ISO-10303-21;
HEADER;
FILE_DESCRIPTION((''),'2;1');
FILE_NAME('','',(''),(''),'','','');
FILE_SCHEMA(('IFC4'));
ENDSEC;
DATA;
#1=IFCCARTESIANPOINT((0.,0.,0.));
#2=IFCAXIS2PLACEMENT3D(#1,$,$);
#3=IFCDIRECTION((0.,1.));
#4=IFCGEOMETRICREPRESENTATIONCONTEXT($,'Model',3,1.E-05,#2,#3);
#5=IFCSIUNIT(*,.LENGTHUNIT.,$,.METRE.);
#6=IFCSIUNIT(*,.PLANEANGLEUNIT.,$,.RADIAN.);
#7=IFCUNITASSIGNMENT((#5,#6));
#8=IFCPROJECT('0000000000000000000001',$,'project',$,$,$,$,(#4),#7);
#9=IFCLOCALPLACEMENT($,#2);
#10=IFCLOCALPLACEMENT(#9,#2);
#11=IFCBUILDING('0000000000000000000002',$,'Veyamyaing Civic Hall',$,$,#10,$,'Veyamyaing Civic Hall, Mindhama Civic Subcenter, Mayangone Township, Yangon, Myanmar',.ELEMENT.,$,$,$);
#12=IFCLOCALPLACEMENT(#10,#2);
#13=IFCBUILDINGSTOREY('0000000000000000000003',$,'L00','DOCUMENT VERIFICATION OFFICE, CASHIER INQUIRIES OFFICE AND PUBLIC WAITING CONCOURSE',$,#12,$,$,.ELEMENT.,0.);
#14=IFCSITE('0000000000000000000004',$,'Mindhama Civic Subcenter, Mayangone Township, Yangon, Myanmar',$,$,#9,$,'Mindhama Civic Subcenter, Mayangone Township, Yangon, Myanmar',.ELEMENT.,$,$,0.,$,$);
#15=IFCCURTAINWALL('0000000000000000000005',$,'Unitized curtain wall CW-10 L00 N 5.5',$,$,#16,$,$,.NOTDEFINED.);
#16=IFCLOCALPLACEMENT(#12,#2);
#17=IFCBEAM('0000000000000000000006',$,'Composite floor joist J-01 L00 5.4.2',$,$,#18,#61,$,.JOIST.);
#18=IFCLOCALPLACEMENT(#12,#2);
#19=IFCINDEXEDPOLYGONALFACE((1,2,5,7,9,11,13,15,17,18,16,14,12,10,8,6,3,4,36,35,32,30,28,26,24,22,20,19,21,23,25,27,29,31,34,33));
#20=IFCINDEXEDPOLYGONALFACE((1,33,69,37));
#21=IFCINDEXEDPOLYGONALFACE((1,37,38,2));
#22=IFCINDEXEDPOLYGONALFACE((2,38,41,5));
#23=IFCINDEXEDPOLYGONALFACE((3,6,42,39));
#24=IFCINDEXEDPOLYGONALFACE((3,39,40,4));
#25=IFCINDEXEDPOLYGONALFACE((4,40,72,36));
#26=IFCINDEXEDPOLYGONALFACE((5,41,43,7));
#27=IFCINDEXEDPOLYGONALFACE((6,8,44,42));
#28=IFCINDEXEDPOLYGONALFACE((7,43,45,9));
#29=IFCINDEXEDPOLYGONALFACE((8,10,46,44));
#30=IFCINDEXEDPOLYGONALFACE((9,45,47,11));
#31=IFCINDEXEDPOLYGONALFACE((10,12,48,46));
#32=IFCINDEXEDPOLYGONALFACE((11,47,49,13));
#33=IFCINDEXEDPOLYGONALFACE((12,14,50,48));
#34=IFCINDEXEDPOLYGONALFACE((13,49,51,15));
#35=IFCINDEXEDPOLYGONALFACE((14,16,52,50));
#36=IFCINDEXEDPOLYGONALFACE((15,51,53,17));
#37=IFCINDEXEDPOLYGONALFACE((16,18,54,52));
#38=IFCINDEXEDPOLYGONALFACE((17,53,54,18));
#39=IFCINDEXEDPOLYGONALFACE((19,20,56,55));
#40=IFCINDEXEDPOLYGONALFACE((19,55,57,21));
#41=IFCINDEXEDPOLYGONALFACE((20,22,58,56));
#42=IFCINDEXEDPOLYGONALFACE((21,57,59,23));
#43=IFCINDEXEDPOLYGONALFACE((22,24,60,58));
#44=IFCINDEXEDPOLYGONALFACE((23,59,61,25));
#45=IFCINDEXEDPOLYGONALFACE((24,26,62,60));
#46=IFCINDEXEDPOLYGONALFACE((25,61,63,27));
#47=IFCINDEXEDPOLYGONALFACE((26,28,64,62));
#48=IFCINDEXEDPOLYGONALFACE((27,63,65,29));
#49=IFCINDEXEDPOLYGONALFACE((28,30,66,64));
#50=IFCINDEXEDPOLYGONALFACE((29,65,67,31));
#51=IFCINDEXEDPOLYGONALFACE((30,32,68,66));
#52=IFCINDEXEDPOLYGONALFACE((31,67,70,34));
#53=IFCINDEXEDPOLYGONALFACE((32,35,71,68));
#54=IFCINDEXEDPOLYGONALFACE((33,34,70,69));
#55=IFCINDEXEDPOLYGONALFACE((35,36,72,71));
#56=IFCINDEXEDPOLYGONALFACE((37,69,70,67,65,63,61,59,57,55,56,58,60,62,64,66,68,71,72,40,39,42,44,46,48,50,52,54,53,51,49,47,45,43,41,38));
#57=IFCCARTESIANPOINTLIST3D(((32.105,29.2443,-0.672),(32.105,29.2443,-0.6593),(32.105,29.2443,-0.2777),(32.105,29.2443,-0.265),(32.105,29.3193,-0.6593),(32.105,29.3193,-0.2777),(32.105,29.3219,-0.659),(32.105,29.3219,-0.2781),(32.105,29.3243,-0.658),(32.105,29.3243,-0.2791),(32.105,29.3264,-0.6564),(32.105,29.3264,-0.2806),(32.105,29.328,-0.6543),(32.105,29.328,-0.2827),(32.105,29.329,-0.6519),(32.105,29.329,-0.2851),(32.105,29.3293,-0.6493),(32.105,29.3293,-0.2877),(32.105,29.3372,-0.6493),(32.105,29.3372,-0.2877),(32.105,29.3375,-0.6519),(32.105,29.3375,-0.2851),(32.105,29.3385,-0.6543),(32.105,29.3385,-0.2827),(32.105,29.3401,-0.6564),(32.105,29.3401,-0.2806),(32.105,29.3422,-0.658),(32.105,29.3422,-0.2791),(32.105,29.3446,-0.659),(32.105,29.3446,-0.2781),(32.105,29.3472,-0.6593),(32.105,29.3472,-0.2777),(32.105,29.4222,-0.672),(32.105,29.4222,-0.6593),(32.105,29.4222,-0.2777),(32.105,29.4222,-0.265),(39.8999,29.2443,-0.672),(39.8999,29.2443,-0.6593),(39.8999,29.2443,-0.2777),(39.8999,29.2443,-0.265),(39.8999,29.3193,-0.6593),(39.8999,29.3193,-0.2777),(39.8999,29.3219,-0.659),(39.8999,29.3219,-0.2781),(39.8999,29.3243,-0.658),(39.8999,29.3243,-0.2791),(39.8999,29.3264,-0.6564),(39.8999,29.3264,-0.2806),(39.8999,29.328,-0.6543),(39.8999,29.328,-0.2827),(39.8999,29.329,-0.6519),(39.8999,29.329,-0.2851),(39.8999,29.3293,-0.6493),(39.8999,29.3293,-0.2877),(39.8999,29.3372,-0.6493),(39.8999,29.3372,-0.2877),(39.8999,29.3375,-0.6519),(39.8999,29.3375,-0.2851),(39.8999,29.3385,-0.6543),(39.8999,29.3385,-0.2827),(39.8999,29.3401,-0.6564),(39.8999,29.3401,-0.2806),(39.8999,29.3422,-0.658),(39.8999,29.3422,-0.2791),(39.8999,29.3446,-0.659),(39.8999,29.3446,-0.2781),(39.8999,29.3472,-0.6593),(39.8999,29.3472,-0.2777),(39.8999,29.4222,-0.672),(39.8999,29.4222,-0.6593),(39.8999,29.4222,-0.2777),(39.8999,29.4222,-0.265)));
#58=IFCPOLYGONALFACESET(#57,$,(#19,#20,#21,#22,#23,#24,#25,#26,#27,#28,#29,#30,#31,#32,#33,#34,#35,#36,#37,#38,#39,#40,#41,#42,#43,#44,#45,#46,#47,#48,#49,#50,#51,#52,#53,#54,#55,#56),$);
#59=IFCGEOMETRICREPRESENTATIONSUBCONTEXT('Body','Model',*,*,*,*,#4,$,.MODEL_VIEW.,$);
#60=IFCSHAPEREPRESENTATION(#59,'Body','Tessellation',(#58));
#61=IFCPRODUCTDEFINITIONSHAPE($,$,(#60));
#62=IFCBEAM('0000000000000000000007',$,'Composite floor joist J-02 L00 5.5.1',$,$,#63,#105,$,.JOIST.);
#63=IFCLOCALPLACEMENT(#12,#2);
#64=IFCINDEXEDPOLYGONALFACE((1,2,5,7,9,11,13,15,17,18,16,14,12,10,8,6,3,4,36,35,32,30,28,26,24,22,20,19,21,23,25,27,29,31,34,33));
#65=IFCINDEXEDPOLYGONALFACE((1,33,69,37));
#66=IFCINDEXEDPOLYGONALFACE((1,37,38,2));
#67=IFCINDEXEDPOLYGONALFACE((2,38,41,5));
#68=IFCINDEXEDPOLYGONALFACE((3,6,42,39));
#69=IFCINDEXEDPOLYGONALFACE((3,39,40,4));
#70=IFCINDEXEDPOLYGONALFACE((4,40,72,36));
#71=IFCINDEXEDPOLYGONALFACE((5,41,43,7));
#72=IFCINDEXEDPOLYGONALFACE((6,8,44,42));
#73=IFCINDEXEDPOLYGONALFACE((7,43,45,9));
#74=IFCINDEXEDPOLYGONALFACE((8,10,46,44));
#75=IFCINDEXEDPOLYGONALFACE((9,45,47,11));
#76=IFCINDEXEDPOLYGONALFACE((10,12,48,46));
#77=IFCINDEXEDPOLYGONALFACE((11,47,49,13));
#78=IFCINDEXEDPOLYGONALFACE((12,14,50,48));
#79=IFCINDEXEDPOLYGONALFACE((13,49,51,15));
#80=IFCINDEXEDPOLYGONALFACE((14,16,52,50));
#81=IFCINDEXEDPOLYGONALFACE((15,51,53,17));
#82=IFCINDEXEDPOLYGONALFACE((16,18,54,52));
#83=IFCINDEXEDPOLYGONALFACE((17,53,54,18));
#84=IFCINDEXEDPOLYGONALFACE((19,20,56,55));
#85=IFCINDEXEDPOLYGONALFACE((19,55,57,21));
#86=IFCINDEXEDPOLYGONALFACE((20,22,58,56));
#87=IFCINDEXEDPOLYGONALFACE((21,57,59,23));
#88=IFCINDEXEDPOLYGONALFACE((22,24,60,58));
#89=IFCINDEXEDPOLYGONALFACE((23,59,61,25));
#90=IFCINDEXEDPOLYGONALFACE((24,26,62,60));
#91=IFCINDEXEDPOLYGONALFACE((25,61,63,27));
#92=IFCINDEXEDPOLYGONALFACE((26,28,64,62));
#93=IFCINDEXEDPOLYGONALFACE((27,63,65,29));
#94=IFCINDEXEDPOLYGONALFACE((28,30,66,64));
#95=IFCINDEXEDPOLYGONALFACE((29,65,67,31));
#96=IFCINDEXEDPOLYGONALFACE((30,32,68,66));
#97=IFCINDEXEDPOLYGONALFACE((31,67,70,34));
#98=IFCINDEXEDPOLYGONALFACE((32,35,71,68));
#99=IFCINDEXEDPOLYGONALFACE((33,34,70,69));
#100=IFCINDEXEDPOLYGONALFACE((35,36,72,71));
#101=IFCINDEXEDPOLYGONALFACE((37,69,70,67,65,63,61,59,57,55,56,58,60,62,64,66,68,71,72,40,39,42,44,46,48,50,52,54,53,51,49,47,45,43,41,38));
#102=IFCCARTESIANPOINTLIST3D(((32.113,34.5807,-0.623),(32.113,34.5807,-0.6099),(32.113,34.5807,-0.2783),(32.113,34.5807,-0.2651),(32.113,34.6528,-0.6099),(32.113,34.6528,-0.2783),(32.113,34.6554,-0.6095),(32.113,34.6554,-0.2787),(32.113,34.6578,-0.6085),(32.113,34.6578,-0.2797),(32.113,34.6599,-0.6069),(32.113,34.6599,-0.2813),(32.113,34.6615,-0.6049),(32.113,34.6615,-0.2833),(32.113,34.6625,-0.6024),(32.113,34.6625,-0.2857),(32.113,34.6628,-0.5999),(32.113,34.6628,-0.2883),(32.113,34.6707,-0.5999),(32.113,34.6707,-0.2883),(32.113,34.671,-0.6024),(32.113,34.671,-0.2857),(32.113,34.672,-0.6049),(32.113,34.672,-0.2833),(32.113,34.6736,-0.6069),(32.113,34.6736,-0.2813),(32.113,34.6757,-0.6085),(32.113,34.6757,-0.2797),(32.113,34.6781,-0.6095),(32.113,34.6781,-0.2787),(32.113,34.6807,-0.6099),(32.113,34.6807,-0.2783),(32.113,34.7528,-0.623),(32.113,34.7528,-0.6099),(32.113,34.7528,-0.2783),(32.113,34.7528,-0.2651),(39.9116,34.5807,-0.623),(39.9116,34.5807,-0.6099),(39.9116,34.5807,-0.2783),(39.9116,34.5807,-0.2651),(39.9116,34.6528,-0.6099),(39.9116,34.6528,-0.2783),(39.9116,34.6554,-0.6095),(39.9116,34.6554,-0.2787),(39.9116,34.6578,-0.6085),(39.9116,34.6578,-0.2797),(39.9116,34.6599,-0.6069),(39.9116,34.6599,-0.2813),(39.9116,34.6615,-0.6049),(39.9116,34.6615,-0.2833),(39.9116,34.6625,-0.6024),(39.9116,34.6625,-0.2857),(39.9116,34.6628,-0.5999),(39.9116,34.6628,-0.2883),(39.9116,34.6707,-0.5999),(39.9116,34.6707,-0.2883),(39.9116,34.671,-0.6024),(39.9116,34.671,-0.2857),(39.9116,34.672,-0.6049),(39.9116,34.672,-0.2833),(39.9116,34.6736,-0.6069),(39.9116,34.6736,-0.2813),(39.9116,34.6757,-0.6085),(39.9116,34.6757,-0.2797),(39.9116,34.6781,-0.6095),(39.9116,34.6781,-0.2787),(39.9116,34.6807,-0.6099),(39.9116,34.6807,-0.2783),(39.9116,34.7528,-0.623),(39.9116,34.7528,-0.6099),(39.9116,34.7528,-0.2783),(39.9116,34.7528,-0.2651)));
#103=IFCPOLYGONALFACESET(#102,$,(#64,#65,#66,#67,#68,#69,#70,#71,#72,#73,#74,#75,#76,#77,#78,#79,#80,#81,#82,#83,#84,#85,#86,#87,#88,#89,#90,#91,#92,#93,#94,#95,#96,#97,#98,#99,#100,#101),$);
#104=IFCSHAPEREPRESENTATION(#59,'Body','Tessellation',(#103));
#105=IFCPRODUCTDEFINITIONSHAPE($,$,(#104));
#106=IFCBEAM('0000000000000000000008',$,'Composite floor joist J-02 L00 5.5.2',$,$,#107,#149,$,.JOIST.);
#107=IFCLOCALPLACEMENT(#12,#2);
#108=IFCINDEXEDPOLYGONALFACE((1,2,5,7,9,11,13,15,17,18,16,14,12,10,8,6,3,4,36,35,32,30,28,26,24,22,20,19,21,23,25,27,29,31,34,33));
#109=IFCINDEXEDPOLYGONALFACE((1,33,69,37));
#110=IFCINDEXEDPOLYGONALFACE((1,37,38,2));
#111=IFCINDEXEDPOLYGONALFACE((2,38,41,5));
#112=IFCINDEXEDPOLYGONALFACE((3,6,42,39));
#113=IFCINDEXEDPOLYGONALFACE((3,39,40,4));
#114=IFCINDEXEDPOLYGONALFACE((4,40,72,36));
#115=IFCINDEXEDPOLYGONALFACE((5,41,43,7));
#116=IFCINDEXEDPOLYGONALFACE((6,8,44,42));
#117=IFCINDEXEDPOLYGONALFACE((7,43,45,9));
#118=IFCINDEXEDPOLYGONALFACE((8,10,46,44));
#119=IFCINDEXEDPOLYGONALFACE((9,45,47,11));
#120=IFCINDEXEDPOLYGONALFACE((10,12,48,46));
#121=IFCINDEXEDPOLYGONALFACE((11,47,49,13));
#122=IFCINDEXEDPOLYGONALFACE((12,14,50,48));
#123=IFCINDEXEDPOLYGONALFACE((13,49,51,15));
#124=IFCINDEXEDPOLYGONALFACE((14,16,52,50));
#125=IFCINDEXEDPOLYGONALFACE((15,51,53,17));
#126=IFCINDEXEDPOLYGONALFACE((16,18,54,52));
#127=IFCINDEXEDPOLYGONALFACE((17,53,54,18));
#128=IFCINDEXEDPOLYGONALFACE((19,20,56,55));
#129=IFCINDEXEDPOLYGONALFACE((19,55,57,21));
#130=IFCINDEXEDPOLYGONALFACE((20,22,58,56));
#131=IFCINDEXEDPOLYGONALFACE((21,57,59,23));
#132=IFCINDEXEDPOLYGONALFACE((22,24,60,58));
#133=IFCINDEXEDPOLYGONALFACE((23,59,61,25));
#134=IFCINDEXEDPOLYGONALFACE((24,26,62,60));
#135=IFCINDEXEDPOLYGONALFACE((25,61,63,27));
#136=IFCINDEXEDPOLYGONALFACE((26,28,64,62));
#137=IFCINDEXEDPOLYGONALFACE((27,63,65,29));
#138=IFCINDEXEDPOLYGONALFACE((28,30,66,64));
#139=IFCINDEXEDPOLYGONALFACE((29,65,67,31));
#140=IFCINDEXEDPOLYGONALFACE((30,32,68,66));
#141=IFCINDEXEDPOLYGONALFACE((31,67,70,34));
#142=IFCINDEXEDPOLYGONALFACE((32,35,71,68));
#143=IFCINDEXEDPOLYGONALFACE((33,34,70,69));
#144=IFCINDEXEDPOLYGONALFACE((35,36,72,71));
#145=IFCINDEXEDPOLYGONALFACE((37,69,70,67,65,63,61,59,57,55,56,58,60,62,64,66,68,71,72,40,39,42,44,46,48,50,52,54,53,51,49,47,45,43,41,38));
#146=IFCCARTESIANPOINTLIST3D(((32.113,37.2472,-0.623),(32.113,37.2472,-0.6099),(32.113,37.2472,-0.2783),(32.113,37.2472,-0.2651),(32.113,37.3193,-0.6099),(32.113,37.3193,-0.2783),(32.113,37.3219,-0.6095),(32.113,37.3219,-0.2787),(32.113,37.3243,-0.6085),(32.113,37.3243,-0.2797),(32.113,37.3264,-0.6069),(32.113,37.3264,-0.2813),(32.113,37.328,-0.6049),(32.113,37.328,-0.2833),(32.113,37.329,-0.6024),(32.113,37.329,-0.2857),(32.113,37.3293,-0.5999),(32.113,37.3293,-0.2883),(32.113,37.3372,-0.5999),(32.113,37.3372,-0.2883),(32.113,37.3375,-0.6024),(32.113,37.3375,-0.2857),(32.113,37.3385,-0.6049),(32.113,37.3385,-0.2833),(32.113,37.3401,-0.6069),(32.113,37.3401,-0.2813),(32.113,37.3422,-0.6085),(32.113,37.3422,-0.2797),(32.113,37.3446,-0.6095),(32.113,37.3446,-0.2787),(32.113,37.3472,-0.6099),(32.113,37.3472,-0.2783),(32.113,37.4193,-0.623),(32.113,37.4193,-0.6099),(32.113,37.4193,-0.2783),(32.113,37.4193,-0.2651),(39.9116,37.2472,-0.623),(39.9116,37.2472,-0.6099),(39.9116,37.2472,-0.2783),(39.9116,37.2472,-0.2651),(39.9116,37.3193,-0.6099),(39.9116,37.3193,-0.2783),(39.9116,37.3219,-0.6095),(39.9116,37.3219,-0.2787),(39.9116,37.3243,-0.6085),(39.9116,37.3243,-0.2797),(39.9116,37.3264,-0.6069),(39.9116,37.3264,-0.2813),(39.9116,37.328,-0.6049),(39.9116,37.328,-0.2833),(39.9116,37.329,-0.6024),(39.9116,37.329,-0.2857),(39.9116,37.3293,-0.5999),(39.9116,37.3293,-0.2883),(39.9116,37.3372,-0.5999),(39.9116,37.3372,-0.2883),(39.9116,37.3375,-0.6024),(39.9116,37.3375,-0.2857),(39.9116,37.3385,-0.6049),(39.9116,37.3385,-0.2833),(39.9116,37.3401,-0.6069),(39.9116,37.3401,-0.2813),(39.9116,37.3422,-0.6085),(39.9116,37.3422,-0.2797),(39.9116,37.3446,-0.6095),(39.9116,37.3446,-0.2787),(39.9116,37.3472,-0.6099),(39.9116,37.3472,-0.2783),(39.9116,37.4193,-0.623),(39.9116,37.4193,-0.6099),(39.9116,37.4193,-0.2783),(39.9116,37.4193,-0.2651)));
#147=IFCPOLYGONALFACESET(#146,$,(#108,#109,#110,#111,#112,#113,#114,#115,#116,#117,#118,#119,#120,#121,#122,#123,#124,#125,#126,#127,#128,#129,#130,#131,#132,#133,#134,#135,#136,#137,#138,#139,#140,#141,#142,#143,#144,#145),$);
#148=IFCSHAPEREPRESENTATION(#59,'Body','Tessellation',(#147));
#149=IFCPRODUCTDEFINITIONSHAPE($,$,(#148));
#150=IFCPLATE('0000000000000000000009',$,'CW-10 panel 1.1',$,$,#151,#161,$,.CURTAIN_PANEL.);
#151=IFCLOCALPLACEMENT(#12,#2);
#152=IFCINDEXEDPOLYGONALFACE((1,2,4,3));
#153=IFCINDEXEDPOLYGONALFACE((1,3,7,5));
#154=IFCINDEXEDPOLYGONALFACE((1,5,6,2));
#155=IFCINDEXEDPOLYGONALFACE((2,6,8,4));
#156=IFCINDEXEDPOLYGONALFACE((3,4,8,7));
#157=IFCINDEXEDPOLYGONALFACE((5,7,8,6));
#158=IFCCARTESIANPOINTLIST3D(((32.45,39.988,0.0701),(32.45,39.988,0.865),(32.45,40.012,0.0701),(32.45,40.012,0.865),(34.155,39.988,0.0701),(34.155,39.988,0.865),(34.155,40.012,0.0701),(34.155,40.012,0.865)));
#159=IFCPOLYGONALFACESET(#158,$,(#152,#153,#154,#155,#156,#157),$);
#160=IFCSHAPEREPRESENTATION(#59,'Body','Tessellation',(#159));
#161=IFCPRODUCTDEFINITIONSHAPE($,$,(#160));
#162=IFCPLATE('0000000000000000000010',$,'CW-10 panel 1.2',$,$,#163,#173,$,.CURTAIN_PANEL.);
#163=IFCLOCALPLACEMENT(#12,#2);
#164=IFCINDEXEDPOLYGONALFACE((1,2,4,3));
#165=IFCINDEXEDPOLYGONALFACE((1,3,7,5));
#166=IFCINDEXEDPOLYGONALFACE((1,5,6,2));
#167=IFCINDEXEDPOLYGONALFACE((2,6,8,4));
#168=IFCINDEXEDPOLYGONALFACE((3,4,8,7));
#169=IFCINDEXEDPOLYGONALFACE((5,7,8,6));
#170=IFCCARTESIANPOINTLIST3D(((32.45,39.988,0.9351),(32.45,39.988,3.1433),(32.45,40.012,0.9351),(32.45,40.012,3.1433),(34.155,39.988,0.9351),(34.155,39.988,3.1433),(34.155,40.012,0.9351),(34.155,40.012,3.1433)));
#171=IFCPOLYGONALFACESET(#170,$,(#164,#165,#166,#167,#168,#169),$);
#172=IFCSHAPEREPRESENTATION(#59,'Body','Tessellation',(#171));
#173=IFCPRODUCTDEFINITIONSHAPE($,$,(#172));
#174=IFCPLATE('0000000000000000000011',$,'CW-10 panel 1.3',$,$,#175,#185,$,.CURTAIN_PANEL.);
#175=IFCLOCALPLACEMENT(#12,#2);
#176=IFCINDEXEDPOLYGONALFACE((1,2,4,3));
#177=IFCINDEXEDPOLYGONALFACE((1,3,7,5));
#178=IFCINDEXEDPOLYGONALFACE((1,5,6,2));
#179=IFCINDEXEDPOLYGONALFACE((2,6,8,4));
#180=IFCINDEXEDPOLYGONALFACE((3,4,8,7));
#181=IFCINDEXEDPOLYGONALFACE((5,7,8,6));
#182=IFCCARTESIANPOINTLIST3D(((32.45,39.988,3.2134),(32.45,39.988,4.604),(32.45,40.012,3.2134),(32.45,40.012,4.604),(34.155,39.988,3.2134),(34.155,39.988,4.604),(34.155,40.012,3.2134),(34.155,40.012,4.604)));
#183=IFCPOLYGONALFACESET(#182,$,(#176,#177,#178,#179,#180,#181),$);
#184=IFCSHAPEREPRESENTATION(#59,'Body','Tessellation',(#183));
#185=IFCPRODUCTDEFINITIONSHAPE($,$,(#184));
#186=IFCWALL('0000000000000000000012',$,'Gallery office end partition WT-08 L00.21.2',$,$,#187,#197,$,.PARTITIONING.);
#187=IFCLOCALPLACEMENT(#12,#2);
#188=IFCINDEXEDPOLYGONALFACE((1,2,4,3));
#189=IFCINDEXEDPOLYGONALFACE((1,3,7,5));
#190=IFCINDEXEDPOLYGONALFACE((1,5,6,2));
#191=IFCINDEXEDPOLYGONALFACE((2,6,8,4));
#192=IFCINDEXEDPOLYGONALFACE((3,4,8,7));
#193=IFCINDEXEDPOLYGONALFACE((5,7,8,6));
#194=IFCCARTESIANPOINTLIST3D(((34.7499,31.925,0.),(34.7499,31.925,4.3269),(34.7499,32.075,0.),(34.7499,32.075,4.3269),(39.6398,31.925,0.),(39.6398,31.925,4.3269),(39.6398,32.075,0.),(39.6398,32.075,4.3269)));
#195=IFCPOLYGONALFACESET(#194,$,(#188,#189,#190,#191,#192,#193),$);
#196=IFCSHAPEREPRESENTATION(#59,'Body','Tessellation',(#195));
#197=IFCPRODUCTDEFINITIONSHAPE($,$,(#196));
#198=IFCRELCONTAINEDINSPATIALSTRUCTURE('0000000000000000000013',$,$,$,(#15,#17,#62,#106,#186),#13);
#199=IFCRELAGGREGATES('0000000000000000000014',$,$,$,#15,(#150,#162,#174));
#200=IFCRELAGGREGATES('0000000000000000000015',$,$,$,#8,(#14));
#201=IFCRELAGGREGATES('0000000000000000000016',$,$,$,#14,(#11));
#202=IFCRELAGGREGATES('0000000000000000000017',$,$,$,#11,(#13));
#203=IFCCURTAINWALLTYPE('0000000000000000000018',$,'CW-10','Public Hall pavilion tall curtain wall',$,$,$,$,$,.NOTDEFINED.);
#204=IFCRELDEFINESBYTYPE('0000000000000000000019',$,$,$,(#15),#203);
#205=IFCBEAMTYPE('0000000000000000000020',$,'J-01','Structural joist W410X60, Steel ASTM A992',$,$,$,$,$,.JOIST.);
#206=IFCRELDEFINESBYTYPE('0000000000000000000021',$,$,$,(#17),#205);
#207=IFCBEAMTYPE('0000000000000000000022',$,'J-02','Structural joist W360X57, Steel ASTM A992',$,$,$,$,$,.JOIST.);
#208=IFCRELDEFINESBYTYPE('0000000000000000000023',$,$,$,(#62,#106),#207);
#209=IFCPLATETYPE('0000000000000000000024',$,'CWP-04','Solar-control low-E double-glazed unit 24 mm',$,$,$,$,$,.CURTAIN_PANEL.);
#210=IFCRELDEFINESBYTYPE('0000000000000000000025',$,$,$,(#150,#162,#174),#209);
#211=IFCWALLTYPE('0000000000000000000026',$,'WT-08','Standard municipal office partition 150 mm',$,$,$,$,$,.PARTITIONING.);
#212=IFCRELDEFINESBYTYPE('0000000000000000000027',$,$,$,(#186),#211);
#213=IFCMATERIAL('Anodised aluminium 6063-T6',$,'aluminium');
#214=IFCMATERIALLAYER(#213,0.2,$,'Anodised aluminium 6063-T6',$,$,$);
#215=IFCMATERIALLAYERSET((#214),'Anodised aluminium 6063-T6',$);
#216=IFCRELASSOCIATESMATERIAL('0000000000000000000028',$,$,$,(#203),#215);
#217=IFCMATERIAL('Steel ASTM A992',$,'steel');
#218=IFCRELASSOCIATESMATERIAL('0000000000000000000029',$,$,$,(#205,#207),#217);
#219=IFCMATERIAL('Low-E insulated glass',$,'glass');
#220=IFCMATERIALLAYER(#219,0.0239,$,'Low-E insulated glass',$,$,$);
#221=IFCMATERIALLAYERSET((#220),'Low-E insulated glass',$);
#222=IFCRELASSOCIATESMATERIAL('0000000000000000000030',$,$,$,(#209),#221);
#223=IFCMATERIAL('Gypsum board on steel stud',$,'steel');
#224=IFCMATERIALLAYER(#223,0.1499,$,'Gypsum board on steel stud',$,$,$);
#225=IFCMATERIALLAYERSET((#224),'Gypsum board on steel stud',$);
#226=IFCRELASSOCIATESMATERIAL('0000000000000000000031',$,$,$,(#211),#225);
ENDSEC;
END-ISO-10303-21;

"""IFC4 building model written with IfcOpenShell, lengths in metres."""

from ifc_helpers import new_model, si_unit, direction, frame, frame_2d, origin, origin_2d, place, context, subcontext, project, spatial, rectangle, i_section, extrude, material, layer, layer_set, material_profile, profile_set, type_object, element, aggregate, save


model = new_model("IFC4")

# Units and contexts
model_context = context("Model", 3, precision=1e-05, world=origin(), true_north=direction((0.0, 1.0)))
body_context = subcontext(model_context, "Body", "Model", "MODEL_VIEW")
ifc_project = project(units=[si_unit("LENGTHUNIT", "METRE"), si_unit("PLANEANGLEUNIT", "RADIAN")], contexts=[model_context])

# Site, building, storey
site_placement = place(None, origin())
site = spatial("IfcSite", under=ifc_project, at=site_placement, Name="Mindhama Civic Subcenter, Mayangone Township, Yangon, Myanmar", LongName="Mindhama Civic Subcenter, Mayangone Township, Yangon, Myanmar", CompositionType="ELEMENT", RefElevation=0.0)
building_placement = place(site_placement, origin())
building = spatial("IfcBuilding", under=site, at=building_placement, Name="Veyamyaing Civic Hall", LongName="Veyamyaing Civic Hall, Mindhama Civic Subcenter, Mayangone Township, Yangon, Myanmar", CompositionType="ELEMENT")
storey_placement = place(building_placement, origin())
storey = spatial("IfcBuildingStorey", under=building, at=storey_placement, Name="L00", Description="DOCUMENT VERIFICATION OFFICE, CASHIER INQUIRIES OFFICE AND PUBLIC WAITING CONCOURSE", CompositionType="ELEMENT", Elevation=0.0)

# Shared definitions
ifc_material_1 = material(Name="Steel ASTM A992", Category="steel")

# Curtain wall
ifc_material_2 = material(Name="Anodised aluminium 6063-T6", Category="aluminium")
ifc_layer_1 = layer(ifc_material_2, 0.2, Name="Anodised aluminium 6063-T6")
ifc_layer_set_1 = layer_set([ifc_layer_1], Name="Anodised aluminium 6063-T6")
curtain_wall_type = type_object("IfcCurtainWallType", Name="CW-10", Description="Public Hall pavilion tall curtain wall", PredefinedType="NOTDEFINED", material=ifc_layer_set_1)
curtain_wall_placement = place(storey_placement, origin())
curtain_wall = element("IfcCurtainWall", 1, at=curtain_wall_placement, inside=storey, type_object=curtain_wall_type, Name="Unitized curtain wall CW-10 L00 N 5.5", PredefinedType="NOTDEFINED")

# Beams
ifc_material_profile_1 = material_profile(ifc_material_1, i_section(OverallWidth=0.178, OverallDepth=0.407, WebThickness=0.0078, FlangeThickness=0.0127, FilletRadius=0.01, at=origin_2d()), Name="W410X60")
ifc_profile_set_1 = profile_set([ifc_material_profile_1], Name="Steel ASTM A992")
beam_type_1 = type_object("IfcBeamType", Name="J-01", Description="Structural joist W410X60, Steel ASTM A992", PredefinedType="JOIST", material=ifc_profile_set_1)
beam_1_placement = place(storey_placement, frame((32.105, 29.3333, -0.4685), z_axis=(1.0, 0.0, 0.0), x_axis=(0.0, 1.0, 0.0)))
element("IfcBeam", 2, at=beam_1_placement, inside=storey, type_object=beam_type_1, Name="Composite floor joist J-01 L00 5.4.2", PredefinedType="JOIST", context=body_context, shape_type="SweptSolid", body=[
    extrude(i_section(OverallWidth=0.178, OverallDepth=0.407, WebThickness=0.0078, FlangeThickness=0.0127, FilletRadius=0.01, at=origin_2d()), origin(), (0.0, 0.0, 1.0), 7.7949),
])
ifc_material_profile_2 = material_profile(ifc_material_1, i_section(OverallWidth=0.1721, OverallDepth=0.3579, WebThickness=0.0078, FlangeThickness=0.0132, FilletRadius=0.01, at=origin_2d()), Name="W360X57")
ifc_profile_set_2 = profile_set([ifc_material_profile_2], Name="Steel ASTM A992")
beam_type_2 = type_object("IfcBeamType", Name="J-02", Description="Structural joist W360X57, Steel ASTM A992", PredefinedType="JOIST", material=ifc_profile_set_2)
for number, where, z_axis, x_axis, name in (
    (3, (32.113, 34.6667, -0.4441), (1.0, 0.0, 0.0), (0.0, 1.0, 0.0), "Composite floor joist J-02 L00 5.5.1"),
    (4, (32.113, 37.3333, -0.4441), (1.0, 0.0, 0.0), (0.0, 1.0, 0.0), "Composite floor joist J-02 L00 5.5.2"),
):
    element("IfcBeam", number, at=place(storey_placement, frame(where, z_axis=z_axis, x_axis=x_axis)), inside=storey, type_object=beam_type_2, Name=name, PredefinedType="JOIST", context=body_context, shape_type="SweptSolid", body=[
        extrude(i_section(OverallWidth=0.1721, OverallDepth=0.3579, WebThickness=0.0078, FlangeThickness=0.0132, FilletRadius=0.01, at=origin_2d()), origin(), (0.0, 0.0, 1.0), 7.7986),
    ])

# Plates
ifc_material_3 = material(Name="Low-E insulated glass", Category="glass")
ifc_layer_2 = layer(ifc_material_3, 0.0239, Name="Low-E insulated glass")
ifc_layer_set_2 = layer_set([ifc_layer_2], Name="Low-E insulated glass")
plate_type = type_object("IfcPlateType", Name="CWP-04", Description="Solar-control low-E double-glazed unit 24 mm", PredefinedType="CURTAIN_PANEL", material=ifc_layer_set_2)
plate_1_placement = place(storey_placement, frame((33.3025, 40.0, 0.0701), z_axis=(0.0, 0.0, 1.0), x_axis=(1.0, 0.0, 0.0)))
plate_1 = element("IfcPlate", 5, at=plate_1_placement, type_object=plate_type, Name="CW-10 panel 1.1", PredefinedType="CURTAIN_PANEL", context=body_context, shape_type="SweptSolid", body=[
    extrude(rectangle(XDim=1.7051, YDim=0.0239, at=origin_2d()), origin(), (0.0, 0.0, 1.0), 0.7949),
])
plate_2_placement = place(storey_placement, frame((33.3025, 40.0, 0.9351), z_axis=(0.0, 0.0, 1.0), x_axis=(1.0, 0.0, 0.0)))
plate_2 = element("IfcPlate", 6, at=plate_2_placement, type_object=plate_type, Name="CW-10 panel 1.2", PredefinedType="CURTAIN_PANEL", context=body_context, shape_type="SweptSolid", body=[
    extrude(rectangle(XDim=1.7051, YDim=0.0239, at=origin_2d()), origin(), (0.0, 0.0, 1.0), 2.2083),
])
plate_3_placement = place(storey_placement, frame((33.3025, 40.0, 3.2134), z_axis=(0.0, 0.0, 1.0), x_axis=(1.0, 0.0, 0.0)))
plate_3 = element("IfcPlate", 7, at=plate_3_placement, type_object=plate_type, Name="CW-10 panel 1.3", PredefinedType="CURTAIN_PANEL", context=body_context, shape_type="SweptSolid", body=[
    extrude(rectangle(XDim=1.7051, YDim=0.0239, at=origin_2d()), origin(), (0.0, 0.0, 1.0), 1.3906),
])
aggregate(curtain_wall, [plate_1, plate_2, plate_3])

# Wall
ifc_material_4 = material(Name="Gypsum board on steel stud", Category="steel")
ifc_layer_3 = layer(ifc_material_4, 0.1499, Name="Gypsum board on steel stud")
ifc_layer_set_3 = layer_set([ifc_layer_3], Name="Gypsum board on steel stud")
wall_type_1 = type_object("IfcWallType", Name="WT-08", Description="Standard municipal office partition 150 mm", PredefinedType="PARTITIONING", material=ifc_layer_set_3)
wall_1_placement = place(storey_placement, frame((34.75, 32.0, 0.0), z_axis=(0.0, 0.0, 1.0), x_axis=(1.0, 0.0, 0.0)))
element("IfcWall", 8, at=wall_1_placement, inside=storey, type_object=wall_type_1, Name="Gallery office end partition WT-08 L00.21.2", PredefinedType="PARTITIONING", context=body_context, shape_type="SweptSolid", body=[
    extrude(rectangle(XDim=4.8899, YDim=0.1499, at=frame_2d((2.4448, 0.0))), origin(), (0.0, 0.0, 1.0), 4.3269),
])

save(model, "model.ifc")
